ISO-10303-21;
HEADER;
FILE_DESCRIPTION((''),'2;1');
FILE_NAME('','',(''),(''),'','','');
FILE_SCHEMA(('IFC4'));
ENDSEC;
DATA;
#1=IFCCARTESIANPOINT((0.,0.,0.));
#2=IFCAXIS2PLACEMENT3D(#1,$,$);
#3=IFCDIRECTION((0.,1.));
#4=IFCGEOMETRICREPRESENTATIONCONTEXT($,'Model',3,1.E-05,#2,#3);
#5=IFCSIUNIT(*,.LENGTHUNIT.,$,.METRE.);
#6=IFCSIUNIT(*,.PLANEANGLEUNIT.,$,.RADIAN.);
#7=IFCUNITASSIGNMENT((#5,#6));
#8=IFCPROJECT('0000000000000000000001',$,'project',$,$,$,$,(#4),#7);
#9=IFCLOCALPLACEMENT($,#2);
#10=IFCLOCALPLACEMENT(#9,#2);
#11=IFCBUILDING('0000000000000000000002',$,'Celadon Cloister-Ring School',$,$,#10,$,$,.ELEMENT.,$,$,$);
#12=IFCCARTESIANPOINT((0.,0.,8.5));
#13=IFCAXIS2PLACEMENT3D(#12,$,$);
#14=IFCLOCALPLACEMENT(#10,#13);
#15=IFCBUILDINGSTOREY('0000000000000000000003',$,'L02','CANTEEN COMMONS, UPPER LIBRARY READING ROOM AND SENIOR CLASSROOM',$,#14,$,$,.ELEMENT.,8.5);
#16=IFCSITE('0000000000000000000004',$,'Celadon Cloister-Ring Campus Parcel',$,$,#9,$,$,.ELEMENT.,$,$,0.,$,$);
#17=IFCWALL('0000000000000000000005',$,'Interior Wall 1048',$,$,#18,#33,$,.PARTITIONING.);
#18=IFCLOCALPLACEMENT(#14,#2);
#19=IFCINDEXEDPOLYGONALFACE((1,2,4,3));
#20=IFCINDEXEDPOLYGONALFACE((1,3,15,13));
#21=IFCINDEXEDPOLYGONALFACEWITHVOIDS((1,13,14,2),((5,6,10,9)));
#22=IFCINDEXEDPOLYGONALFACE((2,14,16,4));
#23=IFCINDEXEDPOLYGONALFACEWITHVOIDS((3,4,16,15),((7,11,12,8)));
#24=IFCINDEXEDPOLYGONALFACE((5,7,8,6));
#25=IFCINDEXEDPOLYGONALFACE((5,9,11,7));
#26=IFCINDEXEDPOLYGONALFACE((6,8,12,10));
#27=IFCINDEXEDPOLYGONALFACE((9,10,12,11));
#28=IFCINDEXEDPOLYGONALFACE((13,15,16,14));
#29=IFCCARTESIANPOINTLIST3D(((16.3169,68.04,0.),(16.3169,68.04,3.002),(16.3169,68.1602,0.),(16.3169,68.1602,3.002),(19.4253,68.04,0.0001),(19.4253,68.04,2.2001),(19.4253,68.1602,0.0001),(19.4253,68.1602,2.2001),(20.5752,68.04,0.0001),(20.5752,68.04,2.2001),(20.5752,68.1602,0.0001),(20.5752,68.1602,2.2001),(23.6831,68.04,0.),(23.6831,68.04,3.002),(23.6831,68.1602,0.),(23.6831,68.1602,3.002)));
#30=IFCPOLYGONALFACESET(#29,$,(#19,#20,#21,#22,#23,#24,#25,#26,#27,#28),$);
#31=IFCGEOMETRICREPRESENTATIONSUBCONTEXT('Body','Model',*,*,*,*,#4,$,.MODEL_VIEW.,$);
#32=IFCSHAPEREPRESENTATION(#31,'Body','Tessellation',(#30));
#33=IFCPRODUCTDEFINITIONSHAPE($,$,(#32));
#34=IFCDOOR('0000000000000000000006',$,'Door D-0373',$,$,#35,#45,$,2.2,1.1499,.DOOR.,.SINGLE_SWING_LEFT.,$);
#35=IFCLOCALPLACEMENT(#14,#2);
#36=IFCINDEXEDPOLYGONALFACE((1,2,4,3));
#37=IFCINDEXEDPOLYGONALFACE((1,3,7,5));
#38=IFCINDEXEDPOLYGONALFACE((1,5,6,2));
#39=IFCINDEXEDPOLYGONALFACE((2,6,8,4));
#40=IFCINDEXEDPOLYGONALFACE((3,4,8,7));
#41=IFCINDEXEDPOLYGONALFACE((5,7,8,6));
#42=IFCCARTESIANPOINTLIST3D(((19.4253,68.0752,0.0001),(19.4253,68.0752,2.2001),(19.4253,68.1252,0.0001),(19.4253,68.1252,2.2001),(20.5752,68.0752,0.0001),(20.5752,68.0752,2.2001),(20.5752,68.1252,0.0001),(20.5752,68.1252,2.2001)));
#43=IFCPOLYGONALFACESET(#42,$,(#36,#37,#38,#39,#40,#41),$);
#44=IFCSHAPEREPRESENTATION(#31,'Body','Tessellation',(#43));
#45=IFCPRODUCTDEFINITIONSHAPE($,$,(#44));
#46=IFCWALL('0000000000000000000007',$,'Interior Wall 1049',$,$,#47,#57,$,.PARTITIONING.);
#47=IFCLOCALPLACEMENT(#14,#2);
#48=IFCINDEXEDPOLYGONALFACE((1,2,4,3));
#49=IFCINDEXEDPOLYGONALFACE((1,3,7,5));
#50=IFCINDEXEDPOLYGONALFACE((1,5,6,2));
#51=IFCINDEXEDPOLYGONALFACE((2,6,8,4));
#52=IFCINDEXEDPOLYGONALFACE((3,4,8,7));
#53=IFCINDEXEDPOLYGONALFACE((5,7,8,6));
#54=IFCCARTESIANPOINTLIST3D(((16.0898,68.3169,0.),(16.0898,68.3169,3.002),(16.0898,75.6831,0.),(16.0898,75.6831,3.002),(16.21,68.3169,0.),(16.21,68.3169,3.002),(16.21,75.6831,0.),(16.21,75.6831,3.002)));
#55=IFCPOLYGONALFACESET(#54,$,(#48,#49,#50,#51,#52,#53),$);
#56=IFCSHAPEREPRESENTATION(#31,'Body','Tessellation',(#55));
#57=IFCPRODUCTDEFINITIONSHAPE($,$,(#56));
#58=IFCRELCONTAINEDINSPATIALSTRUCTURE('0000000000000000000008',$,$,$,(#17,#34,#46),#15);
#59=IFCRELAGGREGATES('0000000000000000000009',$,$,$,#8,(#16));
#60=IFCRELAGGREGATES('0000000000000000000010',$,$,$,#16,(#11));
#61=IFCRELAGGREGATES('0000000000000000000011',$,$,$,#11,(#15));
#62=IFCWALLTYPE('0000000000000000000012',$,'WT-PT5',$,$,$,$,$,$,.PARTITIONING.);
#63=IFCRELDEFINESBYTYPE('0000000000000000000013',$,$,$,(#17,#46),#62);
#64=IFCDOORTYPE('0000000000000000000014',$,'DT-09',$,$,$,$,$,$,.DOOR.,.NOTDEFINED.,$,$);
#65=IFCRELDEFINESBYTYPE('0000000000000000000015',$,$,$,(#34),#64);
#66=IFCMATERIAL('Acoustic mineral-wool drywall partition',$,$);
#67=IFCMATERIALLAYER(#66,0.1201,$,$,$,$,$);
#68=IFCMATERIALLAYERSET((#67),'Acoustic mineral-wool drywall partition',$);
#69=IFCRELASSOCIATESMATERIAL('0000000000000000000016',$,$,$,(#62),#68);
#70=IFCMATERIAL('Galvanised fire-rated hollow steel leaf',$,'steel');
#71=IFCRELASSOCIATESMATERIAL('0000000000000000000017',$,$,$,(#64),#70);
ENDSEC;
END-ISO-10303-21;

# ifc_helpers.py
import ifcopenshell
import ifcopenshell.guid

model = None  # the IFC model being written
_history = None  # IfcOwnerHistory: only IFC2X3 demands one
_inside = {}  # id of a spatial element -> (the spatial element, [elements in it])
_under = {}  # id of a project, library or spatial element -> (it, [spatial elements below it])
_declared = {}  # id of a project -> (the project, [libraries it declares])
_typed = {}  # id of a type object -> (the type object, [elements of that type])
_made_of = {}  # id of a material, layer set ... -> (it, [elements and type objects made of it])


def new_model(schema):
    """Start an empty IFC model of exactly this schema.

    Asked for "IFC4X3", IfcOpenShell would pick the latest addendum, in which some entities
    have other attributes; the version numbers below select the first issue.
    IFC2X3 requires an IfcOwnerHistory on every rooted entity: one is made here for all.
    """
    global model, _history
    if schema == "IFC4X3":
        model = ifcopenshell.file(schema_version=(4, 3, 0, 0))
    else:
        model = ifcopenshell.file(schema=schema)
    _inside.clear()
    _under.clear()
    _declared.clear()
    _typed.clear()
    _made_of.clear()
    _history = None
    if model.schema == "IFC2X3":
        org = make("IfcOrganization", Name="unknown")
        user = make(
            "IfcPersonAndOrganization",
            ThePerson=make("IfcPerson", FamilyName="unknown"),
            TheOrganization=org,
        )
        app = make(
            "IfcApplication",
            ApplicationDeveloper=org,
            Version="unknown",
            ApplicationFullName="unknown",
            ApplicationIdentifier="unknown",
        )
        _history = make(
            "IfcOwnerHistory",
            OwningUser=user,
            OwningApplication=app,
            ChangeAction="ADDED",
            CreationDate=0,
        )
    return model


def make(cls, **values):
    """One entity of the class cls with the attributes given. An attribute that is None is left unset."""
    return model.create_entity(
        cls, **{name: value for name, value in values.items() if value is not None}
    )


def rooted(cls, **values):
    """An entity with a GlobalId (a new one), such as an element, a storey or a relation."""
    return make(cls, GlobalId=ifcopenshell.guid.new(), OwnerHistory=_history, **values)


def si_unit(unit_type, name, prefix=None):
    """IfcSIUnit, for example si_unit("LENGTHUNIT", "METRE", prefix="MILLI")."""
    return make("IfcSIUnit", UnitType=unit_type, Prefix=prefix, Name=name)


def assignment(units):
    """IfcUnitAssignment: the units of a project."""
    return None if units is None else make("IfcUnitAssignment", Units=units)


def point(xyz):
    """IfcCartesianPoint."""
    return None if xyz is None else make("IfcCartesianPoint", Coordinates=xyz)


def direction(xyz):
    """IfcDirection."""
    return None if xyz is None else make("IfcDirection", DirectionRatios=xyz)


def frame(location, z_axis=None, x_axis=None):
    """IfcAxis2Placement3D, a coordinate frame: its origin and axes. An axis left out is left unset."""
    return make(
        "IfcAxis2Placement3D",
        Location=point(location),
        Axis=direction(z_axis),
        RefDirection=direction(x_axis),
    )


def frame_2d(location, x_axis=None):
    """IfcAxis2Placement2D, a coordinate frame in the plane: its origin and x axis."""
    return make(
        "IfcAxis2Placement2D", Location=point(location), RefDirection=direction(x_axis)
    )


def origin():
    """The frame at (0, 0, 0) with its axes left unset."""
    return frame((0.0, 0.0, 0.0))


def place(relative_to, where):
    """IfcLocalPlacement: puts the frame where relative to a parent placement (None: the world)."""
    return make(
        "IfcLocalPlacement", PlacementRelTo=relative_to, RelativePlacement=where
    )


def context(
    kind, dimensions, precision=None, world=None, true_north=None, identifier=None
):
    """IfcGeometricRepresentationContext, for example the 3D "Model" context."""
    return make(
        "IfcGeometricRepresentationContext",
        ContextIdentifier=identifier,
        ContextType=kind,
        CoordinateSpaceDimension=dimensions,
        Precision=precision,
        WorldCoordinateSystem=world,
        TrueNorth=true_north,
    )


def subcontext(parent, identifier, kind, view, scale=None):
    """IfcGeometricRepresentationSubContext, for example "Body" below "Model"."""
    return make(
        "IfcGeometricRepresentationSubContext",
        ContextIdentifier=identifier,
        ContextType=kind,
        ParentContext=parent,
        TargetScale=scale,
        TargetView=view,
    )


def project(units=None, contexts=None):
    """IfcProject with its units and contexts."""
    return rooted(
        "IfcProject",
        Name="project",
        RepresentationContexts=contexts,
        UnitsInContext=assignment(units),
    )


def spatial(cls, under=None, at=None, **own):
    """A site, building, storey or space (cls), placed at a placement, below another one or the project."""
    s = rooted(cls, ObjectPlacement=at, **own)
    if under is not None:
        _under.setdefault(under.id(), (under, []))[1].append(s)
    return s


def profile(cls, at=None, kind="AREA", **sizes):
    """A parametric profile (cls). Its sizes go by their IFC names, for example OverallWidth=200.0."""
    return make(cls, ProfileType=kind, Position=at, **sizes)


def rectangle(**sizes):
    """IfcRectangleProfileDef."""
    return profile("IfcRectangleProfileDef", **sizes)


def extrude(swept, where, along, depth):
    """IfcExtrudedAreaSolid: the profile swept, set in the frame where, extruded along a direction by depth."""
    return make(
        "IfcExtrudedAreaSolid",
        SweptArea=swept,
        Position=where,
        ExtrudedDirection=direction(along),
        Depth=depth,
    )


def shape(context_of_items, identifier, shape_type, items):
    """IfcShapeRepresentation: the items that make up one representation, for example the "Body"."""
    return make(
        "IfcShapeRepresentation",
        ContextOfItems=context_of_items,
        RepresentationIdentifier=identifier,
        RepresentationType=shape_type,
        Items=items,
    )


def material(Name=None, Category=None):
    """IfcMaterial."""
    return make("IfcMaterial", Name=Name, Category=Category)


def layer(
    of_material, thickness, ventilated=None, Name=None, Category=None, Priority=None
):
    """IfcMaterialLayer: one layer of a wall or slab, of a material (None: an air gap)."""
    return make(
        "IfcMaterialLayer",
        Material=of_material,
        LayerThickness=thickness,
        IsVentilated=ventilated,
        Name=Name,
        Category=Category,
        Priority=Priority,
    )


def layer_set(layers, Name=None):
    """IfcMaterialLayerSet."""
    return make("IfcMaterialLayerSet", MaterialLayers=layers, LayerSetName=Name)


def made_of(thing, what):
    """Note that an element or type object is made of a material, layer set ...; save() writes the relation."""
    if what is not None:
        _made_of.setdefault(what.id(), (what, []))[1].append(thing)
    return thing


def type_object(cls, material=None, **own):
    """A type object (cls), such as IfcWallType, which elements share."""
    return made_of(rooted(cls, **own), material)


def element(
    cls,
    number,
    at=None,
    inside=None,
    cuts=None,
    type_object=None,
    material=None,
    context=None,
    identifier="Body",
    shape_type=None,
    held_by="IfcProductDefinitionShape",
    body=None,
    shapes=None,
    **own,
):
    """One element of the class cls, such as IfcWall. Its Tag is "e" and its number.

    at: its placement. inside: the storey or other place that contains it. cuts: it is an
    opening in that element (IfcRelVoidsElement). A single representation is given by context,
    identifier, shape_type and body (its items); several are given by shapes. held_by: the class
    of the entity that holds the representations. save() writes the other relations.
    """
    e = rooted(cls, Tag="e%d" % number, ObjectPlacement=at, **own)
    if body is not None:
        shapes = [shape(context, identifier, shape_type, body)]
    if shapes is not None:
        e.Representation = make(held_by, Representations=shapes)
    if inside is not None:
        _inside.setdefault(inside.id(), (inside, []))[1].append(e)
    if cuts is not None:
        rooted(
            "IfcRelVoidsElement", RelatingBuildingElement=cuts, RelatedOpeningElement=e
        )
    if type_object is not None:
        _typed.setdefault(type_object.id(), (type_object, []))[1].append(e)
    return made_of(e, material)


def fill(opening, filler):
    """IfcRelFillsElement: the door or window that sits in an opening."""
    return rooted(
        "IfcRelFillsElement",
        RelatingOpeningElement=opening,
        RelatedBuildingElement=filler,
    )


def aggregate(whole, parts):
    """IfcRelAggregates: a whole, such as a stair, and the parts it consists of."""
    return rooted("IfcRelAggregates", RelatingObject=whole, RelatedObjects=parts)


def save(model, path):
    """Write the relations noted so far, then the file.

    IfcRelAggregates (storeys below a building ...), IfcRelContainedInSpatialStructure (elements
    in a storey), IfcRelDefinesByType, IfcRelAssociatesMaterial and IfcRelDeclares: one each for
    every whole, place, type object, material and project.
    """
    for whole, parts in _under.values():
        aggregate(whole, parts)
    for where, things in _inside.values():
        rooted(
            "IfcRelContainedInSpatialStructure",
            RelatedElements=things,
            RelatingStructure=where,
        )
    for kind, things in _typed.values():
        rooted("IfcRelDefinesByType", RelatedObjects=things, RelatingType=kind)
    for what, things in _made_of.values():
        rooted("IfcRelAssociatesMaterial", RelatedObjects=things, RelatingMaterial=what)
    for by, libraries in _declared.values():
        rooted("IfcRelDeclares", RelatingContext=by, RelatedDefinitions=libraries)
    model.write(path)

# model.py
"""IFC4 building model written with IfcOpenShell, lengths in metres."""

from ifc_helpers import new_model, si_unit, direction, frame, frame_2d, origin, place, context, subcontext, project, spatial, rectangle, extrude, material, layer, layer_set, type_object, element, fill, save


model = new_model("IFC4")

# Units and contexts
model_context = context("Model", 3, precision=1e-05, world=origin(), true_north=direction((0.0, 1.0)))
body_context = subcontext(model_context, "Body", "Model", "MODEL_VIEW")
ifc_project = project(units=[si_unit("LENGTHUNIT", "METRE"), si_unit("PLANEANGLEUNIT", "RADIAN")], contexts=[model_context])

# Site, building, storey
site_placement = place(None, origin())
site = spatial("IfcSite", under=ifc_project, at=site_placement, Name="Celadon Cloister-Ring Campus Parcel", CompositionType="ELEMENT", RefElevation=0.0)
building_placement = place(site_placement, origin())
building = spatial("IfcBuilding", under=site, at=building_placement, Name="Celadon Cloister-Ring School", CompositionType="ELEMENT")
storey_placement = place(building_placement, frame((0.0, 0.0, 8.5)))
storey = spatial("IfcBuildingStorey", under=building, at=storey_placement, Name="L02", Description="CANTEEN COMMONS, UPPER LIBRARY READING ROOM AND SENIOR CLASSROOM", CompositionType="ELEMENT", Elevation=8.5)

# Shared definitions
ifc_material_1 = material(Name="Acoustic mineral-wool drywall partition")
ifc_layer_1 = layer(ifc_material_1, 0.1201)
ifc_layer_set_1 = layer_set([ifc_layer_1], Name="Acoustic mineral-wool drywall partition")
wall_type_1 = type_object("IfcWallType", Name="WT-PT5", PredefinedType="PARTITIONING", material=ifc_layer_set_1)

# Wall, opening, door
wall_1_placement = place(storey_placement, frame((23.6831, 68.1001, 0.0), z_axis=(0.0, 0.0, 1.0), x_axis=(-1.0, 0.0, 0.0)))
wall_1 = element("IfcWall", 1, at=wall_1_placement, inside=storey, type_object=wall_type_1, Name="Interior Wall 1048", PredefinedType="PARTITIONING", context=body_context, shape_type="SweptSolid", body=[
    extrude(rectangle(XDim=7.3662, YDim=0.1201, at=frame_2d((3.6831, 0.0))), origin(), (0.0, 0.0, 1.0), 3.002),
])
opening_1_placement = place(wall_1_placement, frame((3.1079, 0.0, 0.0)))
opening_1 = element("IfcOpeningElement", 2, at=opening_1_placement, cuts=wall_1, PredefinedType="OPENING", context=body_context, shape_type="SweptSolid", body=[
    extrude(rectangle(XDim=1.1499, YDim=2.2, at=frame_2d((0.575, 1.1001))), frame((0.0, 0.0701, 0.0), z_axis=(0.0, -1.0, 0.0), x_axis=(1.0, 0.0, 0.0)), (0.0, 0.0, 1.0), 0.1401),
])
ifc_material_2 = material(Name="Galvanised fire-rated hollow steel leaf", Category="steel")
door_type_1 = type_object("IfcDoorType", Name="DT-09", OperationType="NOTDEFINED", PredefinedType="DOOR", material=ifc_material_2)
door_1_placement = place(opening_1_placement, origin())
door_1 = element("IfcDoor", 3, at=door_1_placement, inside=storey, type_object=door_type_1, Name="Door D-0373", OperationType="SINGLE_SWING_LEFT", OverallHeight=2.2, OverallWidth=1.1499, PredefinedType="DOOR", context=body_context, shape_type="SweptSolid", body=[
    extrude(rectangle(XDim=1.1499, YDim=2.2, at=frame_2d((0.575, 1.1001))), frame((0.0, 0.0249, 0.0), z_axis=(0.0, -1.0, 0.0), x_axis=(1.0, 0.0, 0.0)), (0.0, 0.0, 1.0), 0.05),
])
fill(opening_1, door_1)

# Wall
wall_2_placement = place(storey_placement, frame((16.1499, 68.3169, 0.0), z_axis=(0.0, 0.0, 1.0), x_axis=(0.0, 1.0, 0.0)))
element("IfcWall", 4, at=wall_2_placement, inside=storey, type_object=wall_type_1, Name="Interior Wall 1049", PredefinedType="PARTITIONING", context=body_context, shape_type="SweptSolid", body=[
    extrude(rectangle(XDim=7.3662, YDim=0.1201, at=frame_2d((3.6831, 0.0))), origin(), (0.0, 0.0, 1.0), 3.002),
])

save(model, "model.ifc")
